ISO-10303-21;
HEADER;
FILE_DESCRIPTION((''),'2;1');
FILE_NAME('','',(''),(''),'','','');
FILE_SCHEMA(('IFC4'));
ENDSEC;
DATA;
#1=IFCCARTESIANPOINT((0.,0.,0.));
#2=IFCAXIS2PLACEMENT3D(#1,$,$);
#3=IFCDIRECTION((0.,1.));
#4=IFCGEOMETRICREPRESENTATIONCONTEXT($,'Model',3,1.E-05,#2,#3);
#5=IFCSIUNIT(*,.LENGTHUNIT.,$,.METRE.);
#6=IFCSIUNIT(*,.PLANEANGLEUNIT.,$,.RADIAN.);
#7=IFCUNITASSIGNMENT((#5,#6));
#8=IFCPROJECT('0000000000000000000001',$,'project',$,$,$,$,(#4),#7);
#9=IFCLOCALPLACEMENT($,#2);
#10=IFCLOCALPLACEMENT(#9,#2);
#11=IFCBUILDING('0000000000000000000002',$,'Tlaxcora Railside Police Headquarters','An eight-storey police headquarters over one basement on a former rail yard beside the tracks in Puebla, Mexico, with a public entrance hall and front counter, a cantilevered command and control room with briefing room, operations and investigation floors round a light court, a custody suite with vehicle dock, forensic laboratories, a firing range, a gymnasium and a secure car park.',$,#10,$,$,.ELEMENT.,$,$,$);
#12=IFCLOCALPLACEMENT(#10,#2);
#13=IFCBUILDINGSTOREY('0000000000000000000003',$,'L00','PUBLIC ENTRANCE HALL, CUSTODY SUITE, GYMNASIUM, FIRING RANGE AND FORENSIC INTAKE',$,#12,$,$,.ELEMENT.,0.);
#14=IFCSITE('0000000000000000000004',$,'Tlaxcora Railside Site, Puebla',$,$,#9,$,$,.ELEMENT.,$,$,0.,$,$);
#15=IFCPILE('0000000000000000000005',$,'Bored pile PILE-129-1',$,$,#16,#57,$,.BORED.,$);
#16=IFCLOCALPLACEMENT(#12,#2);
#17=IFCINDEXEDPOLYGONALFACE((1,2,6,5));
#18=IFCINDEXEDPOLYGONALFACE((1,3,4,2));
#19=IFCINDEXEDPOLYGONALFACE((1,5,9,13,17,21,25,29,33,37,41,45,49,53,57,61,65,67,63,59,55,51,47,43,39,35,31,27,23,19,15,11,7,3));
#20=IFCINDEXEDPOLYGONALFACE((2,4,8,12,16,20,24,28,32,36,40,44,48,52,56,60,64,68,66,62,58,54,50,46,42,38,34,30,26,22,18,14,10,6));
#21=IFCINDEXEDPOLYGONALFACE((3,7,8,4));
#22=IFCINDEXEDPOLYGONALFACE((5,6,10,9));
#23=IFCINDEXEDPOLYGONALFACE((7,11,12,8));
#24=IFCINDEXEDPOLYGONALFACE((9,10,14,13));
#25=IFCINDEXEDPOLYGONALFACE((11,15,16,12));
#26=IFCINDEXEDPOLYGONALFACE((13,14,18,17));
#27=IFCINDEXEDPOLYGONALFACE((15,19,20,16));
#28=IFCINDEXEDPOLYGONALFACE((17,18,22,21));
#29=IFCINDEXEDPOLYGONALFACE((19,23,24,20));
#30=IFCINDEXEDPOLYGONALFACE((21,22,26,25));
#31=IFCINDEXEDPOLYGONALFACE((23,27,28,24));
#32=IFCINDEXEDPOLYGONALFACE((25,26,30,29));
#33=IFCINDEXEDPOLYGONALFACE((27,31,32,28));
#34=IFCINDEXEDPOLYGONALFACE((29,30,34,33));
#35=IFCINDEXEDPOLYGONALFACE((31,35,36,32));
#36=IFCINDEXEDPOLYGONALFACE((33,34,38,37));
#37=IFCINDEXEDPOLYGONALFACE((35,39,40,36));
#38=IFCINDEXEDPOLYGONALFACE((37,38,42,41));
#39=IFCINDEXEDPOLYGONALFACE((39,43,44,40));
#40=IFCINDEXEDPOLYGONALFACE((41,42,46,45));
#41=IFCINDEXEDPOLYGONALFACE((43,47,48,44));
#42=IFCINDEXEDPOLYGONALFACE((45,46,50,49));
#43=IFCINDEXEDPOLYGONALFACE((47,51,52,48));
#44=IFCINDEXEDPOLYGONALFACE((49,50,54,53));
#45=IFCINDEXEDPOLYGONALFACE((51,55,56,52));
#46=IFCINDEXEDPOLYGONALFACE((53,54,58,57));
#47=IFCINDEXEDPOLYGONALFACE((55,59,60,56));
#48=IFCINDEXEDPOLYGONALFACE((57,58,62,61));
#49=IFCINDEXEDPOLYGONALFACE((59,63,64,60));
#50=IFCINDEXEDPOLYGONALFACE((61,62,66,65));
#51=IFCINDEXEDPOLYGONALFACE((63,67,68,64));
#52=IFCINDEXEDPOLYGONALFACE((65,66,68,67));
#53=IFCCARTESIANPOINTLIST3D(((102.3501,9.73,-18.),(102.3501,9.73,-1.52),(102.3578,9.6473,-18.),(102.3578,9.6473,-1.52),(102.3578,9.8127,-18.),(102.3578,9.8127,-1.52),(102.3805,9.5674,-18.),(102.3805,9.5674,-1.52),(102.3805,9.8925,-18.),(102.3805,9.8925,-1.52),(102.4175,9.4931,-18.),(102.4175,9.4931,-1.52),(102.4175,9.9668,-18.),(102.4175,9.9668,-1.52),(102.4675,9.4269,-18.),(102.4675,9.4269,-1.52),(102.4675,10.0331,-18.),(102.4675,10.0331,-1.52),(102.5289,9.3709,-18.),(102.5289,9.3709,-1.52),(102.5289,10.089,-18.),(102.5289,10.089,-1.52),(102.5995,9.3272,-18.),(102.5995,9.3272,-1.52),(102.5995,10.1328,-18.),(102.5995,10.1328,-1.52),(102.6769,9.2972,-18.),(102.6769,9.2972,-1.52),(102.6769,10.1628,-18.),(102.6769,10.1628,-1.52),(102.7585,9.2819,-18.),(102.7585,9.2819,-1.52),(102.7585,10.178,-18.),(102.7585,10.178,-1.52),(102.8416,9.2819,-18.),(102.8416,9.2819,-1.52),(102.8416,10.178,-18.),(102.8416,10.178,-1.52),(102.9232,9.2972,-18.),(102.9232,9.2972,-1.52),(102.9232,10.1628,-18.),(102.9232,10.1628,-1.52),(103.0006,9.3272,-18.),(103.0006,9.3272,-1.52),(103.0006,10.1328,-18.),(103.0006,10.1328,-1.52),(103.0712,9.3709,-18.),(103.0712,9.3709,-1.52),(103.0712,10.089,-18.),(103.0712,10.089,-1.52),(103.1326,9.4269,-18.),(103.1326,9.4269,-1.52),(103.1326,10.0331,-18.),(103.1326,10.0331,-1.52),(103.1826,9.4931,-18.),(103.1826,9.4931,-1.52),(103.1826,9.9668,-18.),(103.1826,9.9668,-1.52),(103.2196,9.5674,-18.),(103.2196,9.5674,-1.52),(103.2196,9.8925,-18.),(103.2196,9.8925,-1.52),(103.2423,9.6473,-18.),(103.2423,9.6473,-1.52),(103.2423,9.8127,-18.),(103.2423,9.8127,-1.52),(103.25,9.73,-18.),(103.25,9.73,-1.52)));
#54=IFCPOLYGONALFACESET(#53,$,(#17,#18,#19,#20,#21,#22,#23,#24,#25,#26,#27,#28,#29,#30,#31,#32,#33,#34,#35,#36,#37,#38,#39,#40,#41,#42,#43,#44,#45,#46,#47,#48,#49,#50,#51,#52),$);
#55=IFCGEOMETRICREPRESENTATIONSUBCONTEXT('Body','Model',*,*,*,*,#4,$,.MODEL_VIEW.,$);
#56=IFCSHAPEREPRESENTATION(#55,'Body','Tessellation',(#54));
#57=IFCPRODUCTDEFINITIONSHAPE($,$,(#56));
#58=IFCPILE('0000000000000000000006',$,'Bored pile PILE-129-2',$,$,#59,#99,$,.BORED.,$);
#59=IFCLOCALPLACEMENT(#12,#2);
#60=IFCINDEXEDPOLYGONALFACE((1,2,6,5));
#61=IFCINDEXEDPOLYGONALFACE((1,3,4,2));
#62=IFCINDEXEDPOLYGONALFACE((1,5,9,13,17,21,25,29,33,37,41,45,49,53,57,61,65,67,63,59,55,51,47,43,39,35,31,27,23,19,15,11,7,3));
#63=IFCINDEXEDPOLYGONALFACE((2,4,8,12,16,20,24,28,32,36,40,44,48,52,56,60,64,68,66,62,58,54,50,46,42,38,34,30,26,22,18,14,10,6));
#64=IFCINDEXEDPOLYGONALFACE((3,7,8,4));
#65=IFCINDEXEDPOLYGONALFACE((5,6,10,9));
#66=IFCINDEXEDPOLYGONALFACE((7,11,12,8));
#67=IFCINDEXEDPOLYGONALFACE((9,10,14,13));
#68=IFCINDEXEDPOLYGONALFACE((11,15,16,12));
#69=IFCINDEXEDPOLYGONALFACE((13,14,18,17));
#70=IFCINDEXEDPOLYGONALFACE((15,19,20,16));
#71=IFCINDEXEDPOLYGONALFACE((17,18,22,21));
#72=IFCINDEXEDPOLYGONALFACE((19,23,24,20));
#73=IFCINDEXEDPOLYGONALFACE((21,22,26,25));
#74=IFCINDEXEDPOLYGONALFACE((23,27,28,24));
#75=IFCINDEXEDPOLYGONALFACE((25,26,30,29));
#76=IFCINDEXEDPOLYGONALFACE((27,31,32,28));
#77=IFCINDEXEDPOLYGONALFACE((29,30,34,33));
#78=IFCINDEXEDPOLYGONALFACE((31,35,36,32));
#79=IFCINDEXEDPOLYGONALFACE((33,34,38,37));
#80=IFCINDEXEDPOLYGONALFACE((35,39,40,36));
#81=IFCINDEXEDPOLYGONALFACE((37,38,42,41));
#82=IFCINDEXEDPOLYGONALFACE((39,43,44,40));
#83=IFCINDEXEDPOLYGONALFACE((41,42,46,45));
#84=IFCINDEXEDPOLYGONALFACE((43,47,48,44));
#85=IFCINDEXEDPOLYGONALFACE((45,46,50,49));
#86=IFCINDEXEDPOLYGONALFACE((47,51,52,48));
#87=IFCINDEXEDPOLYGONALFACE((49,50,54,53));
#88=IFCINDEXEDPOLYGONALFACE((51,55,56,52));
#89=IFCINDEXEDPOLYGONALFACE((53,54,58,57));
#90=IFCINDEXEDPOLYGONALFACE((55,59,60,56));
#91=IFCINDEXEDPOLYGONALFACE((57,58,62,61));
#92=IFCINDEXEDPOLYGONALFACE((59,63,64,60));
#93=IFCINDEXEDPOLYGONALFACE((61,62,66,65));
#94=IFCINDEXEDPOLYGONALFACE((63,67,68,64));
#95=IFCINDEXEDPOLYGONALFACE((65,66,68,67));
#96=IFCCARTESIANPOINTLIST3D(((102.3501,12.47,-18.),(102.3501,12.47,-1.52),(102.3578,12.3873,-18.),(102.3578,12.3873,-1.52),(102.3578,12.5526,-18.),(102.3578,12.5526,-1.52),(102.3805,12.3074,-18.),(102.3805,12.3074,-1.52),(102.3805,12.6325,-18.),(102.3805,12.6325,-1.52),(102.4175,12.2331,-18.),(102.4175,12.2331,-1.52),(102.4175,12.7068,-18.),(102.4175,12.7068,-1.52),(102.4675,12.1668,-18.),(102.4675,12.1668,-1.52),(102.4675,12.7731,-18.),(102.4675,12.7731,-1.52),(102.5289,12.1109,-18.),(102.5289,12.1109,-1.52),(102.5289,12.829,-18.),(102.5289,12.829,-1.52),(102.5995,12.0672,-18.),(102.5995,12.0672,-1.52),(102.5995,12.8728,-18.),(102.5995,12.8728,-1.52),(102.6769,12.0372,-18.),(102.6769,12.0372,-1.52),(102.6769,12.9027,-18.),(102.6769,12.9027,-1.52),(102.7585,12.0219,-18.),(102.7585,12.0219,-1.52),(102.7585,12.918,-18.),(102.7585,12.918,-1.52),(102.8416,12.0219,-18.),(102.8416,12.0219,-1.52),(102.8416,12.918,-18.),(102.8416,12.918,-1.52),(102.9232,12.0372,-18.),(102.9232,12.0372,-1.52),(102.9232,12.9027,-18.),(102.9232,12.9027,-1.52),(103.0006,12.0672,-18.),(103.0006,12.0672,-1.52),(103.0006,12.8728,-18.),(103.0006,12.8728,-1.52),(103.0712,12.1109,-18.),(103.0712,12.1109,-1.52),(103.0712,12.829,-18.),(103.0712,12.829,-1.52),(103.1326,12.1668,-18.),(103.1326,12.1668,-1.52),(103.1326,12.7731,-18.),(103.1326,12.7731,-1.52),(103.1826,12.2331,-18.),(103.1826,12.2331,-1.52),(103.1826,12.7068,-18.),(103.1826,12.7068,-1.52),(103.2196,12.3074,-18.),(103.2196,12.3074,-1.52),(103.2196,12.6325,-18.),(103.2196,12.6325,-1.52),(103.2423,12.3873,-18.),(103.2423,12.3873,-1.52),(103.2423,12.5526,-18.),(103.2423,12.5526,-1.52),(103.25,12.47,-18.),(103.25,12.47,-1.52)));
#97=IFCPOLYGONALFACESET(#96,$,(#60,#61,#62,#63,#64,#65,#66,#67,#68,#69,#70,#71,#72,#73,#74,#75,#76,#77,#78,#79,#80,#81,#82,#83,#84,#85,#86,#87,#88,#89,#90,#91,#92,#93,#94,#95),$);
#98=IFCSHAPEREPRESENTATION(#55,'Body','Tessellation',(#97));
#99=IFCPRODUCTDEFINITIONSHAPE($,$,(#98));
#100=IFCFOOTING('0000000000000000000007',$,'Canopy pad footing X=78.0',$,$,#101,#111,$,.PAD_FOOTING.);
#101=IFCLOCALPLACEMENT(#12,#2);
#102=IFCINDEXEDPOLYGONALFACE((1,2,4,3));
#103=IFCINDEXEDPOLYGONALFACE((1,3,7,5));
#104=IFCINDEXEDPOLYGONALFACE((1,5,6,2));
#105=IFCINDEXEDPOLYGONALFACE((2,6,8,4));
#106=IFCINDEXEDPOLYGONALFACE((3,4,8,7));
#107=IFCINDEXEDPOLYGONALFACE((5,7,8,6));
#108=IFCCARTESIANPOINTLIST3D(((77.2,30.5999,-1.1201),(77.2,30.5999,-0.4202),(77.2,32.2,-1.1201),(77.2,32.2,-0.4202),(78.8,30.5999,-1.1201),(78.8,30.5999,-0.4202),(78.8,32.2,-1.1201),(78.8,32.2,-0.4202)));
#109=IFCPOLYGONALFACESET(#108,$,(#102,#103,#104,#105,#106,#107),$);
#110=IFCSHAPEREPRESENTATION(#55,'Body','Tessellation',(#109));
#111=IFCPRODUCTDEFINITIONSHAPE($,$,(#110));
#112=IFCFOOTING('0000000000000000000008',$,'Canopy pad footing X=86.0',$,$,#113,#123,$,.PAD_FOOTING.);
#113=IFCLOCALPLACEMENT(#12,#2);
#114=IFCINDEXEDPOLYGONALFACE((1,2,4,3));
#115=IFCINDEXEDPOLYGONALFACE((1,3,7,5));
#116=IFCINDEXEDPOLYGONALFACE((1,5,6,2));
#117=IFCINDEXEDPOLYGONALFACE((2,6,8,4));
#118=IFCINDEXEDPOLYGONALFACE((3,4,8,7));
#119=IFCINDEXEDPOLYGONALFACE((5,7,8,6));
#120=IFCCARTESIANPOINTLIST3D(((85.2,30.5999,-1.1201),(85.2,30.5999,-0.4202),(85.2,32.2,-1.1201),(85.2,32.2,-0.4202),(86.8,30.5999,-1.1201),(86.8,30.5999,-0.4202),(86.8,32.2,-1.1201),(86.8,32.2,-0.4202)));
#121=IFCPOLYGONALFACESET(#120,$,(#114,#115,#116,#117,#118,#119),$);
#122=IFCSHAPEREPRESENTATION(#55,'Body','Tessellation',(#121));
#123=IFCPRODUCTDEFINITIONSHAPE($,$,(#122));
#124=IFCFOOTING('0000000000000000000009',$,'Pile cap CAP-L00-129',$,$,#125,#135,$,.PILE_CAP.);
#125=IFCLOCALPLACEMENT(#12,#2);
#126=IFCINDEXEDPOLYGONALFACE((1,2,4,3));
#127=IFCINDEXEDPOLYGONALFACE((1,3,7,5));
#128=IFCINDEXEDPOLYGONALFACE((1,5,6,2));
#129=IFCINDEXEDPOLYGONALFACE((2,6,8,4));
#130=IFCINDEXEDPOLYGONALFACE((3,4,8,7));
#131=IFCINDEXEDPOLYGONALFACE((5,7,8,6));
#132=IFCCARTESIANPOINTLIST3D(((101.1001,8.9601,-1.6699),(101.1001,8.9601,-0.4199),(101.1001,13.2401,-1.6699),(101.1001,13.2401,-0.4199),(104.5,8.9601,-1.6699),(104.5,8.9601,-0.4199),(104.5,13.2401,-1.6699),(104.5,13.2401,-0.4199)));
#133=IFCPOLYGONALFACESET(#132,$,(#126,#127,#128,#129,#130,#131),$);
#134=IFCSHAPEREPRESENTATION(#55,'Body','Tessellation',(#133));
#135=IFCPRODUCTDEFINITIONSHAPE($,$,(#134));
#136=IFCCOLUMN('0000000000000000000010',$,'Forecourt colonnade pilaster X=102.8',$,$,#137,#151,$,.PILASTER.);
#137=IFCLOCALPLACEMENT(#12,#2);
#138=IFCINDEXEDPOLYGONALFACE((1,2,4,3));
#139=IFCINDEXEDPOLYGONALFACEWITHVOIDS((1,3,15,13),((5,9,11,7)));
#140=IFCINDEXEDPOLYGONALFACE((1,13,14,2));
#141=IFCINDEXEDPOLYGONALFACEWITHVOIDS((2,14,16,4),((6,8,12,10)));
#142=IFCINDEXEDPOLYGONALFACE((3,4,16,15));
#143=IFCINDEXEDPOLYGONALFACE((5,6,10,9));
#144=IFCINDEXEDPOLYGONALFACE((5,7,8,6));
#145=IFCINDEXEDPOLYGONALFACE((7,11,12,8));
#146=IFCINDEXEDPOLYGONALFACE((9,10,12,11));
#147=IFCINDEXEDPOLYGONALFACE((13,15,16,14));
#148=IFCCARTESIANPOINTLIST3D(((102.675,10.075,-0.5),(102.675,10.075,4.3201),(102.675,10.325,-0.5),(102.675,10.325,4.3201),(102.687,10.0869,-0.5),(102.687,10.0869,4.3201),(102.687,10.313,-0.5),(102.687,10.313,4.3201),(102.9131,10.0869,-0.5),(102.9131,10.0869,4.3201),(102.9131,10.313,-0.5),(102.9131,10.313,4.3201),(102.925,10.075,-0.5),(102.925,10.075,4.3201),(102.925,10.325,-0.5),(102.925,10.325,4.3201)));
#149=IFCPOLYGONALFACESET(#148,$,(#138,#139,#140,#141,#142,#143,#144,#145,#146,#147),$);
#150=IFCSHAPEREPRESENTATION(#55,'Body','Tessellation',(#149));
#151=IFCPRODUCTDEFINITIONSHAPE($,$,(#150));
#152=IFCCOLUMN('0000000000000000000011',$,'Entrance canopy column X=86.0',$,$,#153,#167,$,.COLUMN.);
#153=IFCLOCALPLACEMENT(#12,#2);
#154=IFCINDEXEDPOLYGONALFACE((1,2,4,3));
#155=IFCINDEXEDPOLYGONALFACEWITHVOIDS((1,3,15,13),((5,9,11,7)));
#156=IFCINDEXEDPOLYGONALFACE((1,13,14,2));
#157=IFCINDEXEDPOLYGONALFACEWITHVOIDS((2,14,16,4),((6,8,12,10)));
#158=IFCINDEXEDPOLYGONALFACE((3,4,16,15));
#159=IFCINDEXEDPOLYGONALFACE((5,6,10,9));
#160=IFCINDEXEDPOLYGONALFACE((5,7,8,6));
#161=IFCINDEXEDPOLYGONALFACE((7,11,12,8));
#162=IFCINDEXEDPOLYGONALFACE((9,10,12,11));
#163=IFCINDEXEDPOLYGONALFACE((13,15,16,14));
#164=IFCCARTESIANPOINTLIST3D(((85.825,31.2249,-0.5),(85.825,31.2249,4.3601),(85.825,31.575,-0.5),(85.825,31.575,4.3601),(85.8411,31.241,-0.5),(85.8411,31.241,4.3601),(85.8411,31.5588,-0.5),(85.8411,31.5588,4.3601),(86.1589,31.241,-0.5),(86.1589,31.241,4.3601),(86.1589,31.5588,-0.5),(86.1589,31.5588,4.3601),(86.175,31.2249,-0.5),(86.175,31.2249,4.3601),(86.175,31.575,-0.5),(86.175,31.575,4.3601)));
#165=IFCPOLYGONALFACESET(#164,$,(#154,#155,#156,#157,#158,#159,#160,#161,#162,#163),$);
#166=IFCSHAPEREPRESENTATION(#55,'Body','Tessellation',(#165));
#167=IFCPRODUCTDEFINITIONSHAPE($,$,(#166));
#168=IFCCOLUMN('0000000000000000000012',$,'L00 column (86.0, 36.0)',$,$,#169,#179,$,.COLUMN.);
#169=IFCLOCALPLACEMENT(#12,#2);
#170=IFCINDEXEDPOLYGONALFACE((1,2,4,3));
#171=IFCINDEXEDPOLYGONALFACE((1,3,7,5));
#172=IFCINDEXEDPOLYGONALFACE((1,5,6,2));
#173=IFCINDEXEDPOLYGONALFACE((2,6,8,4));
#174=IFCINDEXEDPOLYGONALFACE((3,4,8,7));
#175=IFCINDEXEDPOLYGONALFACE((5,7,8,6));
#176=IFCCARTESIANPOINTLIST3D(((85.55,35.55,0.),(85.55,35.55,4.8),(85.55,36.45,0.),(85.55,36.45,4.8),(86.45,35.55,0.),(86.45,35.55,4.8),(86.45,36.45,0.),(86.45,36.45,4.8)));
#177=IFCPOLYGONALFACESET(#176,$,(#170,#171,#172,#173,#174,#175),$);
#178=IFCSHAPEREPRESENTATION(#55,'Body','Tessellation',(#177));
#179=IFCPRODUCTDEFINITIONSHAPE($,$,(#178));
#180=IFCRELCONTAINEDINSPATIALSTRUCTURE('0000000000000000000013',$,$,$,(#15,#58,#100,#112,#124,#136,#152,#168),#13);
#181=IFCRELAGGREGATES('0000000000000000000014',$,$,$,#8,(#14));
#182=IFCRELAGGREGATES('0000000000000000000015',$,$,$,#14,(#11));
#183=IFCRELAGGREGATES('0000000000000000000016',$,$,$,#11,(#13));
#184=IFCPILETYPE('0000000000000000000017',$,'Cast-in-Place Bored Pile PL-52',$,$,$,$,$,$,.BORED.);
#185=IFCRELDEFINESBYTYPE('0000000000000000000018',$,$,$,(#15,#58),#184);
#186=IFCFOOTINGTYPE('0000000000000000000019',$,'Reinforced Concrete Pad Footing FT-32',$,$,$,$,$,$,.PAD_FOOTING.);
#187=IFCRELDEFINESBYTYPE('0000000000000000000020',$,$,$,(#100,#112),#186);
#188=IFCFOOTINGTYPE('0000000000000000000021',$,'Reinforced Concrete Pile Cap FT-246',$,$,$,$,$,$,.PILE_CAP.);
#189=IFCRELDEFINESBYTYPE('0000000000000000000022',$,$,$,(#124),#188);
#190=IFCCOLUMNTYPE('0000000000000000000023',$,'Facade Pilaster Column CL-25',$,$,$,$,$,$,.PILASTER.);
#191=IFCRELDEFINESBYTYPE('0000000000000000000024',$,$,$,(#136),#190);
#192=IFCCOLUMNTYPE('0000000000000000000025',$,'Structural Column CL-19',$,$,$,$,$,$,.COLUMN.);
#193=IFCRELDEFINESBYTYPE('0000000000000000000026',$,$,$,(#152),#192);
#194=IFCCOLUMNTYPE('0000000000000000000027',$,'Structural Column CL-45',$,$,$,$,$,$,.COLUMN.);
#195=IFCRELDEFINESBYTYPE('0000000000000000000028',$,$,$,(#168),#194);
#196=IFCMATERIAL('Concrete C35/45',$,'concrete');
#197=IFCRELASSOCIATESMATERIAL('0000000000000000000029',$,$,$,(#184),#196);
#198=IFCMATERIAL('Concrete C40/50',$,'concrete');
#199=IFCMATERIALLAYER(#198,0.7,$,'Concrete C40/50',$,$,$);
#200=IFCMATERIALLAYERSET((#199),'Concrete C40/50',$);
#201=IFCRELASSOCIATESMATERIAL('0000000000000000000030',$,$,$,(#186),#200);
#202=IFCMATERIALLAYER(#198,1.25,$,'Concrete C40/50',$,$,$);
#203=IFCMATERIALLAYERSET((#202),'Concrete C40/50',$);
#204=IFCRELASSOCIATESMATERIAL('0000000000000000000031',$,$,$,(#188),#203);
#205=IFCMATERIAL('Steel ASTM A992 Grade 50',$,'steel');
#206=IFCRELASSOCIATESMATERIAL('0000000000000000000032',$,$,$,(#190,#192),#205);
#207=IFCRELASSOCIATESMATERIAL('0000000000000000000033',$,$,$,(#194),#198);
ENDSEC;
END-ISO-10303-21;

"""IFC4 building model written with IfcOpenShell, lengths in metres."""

from ifc_helpers import new_model, si_unit, direction, frame, origin, origin_2d, place, context, subcontext, project, spatial, rectangle, hollow_rectangle, circle, extrude, material, layer, layer_set, material_profile, profile_set, type_object, element, save


model = new_model("IFC4")

# Units and contexts
model_context = context("Model", 3, precision=1e-05, world=origin(), true_north=direction((0.0, 1.0)))
body_context = subcontext(model_context, "Body", "Model", "MODEL_VIEW")
ifc_project = project(units=[si_unit("LENGTHUNIT", "METRE"), si_unit("PLANEANGLEUNIT", "RADIAN")], contexts=[model_context])

# Site, building, storey
site_placement = place(None, origin())
site = spatial("IfcSite", under=ifc_project, at=site_placement, Name="Tlaxcora Railside Site, Puebla", CompositionType="ELEMENT", RefElevation=0.0)
building_placement = place(site_placement, origin())
building = spatial("IfcBuilding", under=site, at=building_placement, Name="Tlaxcora Railside Police Headquarters", Description="An eight-storey police headquarters over one basement on a former rail yard beside the tracks in Puebla, Mexico, with a public entrance hall and front counter, a cantilevered command and control room with briefing room, operations and investigation floors round a light court, a custody suite with vehicle dock, forensic laboratories, a firing range, a gymnasium and a secure car park.", CompositionType="ELEMENT")
storey_placement = place(building_placement, origin())
storey = spatial("IfcBuildingStorey", under=building, at=storey_placement, Name="L00", Description="PUBLIC ENTRANCE HALL, CUSTODY SUITE, GYMNASIUM, FIRING RANGE AND FORENSIC INTAKE", CompositionType="ELEMENT", Elevation=0.0)

# Piles
ifc_material_1 = material(Name="Concrete C35/45", Category="concrete")
ifc_material_profile_1 = material_profile(ifc_material_1, circle(Radius=0.45, at=origin_2d()), Name="PILE900")
ifc_profile_set_1 = profile_set([ifc_material_profile_1], Name="Concrete C35/45")
pile_type = type_object("IfcPileType", Name="Cast-in-Place Bored Pile PL-52", PredefinedType="BORED", material=ifc_profile_set_1)
for number, where, z_axis, x_axis, name in (
    (1, (102.8, 9.73, -1.52), (0.0, 0.0, -1.0), (1.0, 0.0, 0.0), "Bored pile PILE-129-1"),
    (2, (102.8, 12.47, -1.52), (0.0, 0.0, -1.0), (1.0, 0.0, 0.0), "Bored pile PILE-129-2"),
):
    element("IfcPile", number, at=place(storey_placement, frame(where, z_axis=z_axis, x_axis=x_axis)), inside=storey, type_object=pile_type, Name=name, PredefinedType="BORED", context=body_context, shape_type="SweptSolid", body=[
        extrude(circle(Radius=0.45, at=origin_2d()), origin(), (0.0, 0.0, 1.0), 16.48),
    ])

# Footings
ifc_material_2 = material(Name="Concrete C40/50", Category="concrete")
ifc_layer_1 = layer(ifc_material_2, 0.7, Name="Concrete C40/50")
ifc_layer_set_1 = layer_set([ifc_layer_1], Name="Concrete C40/50")
footing_type_1 = type_object("IfcFootingType", Name="Reinforced Concrete Pad Footing FT-32", PredefinedType="PAD_FOOTING", material=ifc_layer_set_1)
for number, where, z_axis, x_axis, name in (
    (3, (78.0, 31.3999, -1.1201), (0.0, 0.0, 1.0), (1.0, 0.0, 0.0), "Canopy pad footing X=78.0"),
    (4, (86.0, 31.3999, -1.1201), (0.0, 0.0, 1.0), (1.0, 0.0, 0.0), "Canopy pad footing X=86.0"),
):
    element("IfcFooting", number, at=place(storey_placement, frame(where, z_axis=z_axis, x_axis=x_axis)), inside=storey, type_object=footing_type_1, Name=name, PredefinedType="PAD_FOOTING", context=body_context, shape_type="SweptSolid", body=[
        extrude(rectangle(XDim=1.6001, YDim=1.6001, at=origin_2d()), origin(), (0.0, 0.0, 1.0), 0.7),
    ])
ifc_layer_2 = layer(ifc_material_2, 1.25, Name="Concrete C40/50")
ifc_layer_set_2 = layer_set([ifc_layer_2], Name="Concrete C40/50")
footing_type_2 = type_object("IfcFootingType", Name="Reinforced Concrete Pile Cap FT-246", PredefinedType="PILE_CAP", material=ifc_layer_set_2)
footing_placement = place(storey_placement, frame((102.8, 11.1001, -1.6699), z_axis=(0.0, 0.0, 1.0), x_axis=(1.0, 0.0, 0.0)))
element("IfcFooting", 5, at=footing_placement, inside=storey, type_object=footing_type_2, Name="Pile cap CAP-L00-129", PredefinedType="PILE_CAP", context=body_context, shape_type="SweptSolid", body=[
    extrude(rectangle(XDim=3.3999, YDim=4.28, at=origin_2d()), origin(), (0.0, 0.0, 1.0), 1.25),
])

# Columns
ifc_material_3 = material(Name="Steel ASTM A992 Grade 50", Category="steel")
ifc_material_profile_2 = material_profile(ifc_material_3, hollow_rectangle(XDim=0.25, YDim=0.25, WallThickness=0.012, at=origin_2d()), Name="HSS250X250X12")
ifc_profile_set_2 = profile_set([ifc_material_profile_2], Name="Steel ASTM A992 Grade 50")
column_type_1 = type_object("IfcColumnType", Name="Facade Pilaster Column CL-25", PredefinedType="PILASTER", material=ifc_profile_set_2)
column_1_placement = place(storey_placement, frame((102.8, 10.2, -0.5), z_axis=(0.0, 0.0, 1.0), x_axis=(1.0, 0.0, 0.0)))
element("IfcColumn", 6, at=column_1_placement, inside=storey, type_object=column_type_1, Name="Forecourt colonnade pilaster X=102.8", PredefinedType="PILASTER", context=body_context, shape_type="SweptSolid", body=[
    extrude(hollow_rectangle(XDim=0.25, YDim=0.25, WallThickness=0.012, at=origin_2d()), origin(), (0.0, 0.0, 1.0), 4.8201),
])
ifc_material_profile_3 = material_profile(ifc_material_3, hollow_rectangle(XDim=0.3501, YDim=0.3501, WallThickness=0.0161, at=origin_2d()), Name="HSS350X350X16")
ifc_profile_set_3 = profile_set([ifc_material_profile_3], Name="Steel ASTM A992 Grade 50")
column_type_2 = type_object("IfcColumnType", Name="Structural Column CL-19", PredefinedType="COLUMN", material=ifc_profile_set_3)
column_2_placement = place(storey_placement, frame((86.0, 31.3999, -0.5), z_axis=(0.0, 0.0, 1.0), x_axis=(1.0, 0.0, 0.0)))
element("IfcColumn", 7, at=column_2_placement, inside=storey, type_object=column_type_2, Name="Entrance canopy column X=86.0", PredefinedType="COLUMN", context=body_context, shape_type="SweptSolid", body=[
    extrude(hollow_rectangle(XDim=0.3501, YDim=0.3501, WallThickness=0.0161, at=origin_2d()), origin(), (0.0, 0.0, 1.0), 4.8601),
])
ifc_material_profile_4 = material_profile(ifc_material_2, rectangle(XDim=0.8999, YDim=0.8999, at=origin_2d()), Name="RC900X900")
ifc_profile_set_4 = profile_set([ifc_material_profile_4], Name="Concrete C40/50")
column_type_3 = type_object("IfcColumnType", Name="Structural Column CL-45", PredefinedType="COLUMN", material=ifc_profile_set_4)
column_3_placement = place(storey_placement, frame((86.0, 36.0, 0.0), z_axis=(0.0, 0.0, 1.0), x_axis=(1.0, 0.0, 0.0)))
element("IfcColumn", 8, at=column_3_placement, inside=storey, type_object=column_type_3, Name="L00 column (86.0, 36.0)", PredefinedType="COLUMN", context=body_context, shape_type="SweptSolid", body=[
    extrude(rectangle(XDim=0.8999, YDim=0.8999, at=origin_2d()), origin(), (0.0, 0.0, 1.0), 4.8),
])

save(model, "model.ifc")
